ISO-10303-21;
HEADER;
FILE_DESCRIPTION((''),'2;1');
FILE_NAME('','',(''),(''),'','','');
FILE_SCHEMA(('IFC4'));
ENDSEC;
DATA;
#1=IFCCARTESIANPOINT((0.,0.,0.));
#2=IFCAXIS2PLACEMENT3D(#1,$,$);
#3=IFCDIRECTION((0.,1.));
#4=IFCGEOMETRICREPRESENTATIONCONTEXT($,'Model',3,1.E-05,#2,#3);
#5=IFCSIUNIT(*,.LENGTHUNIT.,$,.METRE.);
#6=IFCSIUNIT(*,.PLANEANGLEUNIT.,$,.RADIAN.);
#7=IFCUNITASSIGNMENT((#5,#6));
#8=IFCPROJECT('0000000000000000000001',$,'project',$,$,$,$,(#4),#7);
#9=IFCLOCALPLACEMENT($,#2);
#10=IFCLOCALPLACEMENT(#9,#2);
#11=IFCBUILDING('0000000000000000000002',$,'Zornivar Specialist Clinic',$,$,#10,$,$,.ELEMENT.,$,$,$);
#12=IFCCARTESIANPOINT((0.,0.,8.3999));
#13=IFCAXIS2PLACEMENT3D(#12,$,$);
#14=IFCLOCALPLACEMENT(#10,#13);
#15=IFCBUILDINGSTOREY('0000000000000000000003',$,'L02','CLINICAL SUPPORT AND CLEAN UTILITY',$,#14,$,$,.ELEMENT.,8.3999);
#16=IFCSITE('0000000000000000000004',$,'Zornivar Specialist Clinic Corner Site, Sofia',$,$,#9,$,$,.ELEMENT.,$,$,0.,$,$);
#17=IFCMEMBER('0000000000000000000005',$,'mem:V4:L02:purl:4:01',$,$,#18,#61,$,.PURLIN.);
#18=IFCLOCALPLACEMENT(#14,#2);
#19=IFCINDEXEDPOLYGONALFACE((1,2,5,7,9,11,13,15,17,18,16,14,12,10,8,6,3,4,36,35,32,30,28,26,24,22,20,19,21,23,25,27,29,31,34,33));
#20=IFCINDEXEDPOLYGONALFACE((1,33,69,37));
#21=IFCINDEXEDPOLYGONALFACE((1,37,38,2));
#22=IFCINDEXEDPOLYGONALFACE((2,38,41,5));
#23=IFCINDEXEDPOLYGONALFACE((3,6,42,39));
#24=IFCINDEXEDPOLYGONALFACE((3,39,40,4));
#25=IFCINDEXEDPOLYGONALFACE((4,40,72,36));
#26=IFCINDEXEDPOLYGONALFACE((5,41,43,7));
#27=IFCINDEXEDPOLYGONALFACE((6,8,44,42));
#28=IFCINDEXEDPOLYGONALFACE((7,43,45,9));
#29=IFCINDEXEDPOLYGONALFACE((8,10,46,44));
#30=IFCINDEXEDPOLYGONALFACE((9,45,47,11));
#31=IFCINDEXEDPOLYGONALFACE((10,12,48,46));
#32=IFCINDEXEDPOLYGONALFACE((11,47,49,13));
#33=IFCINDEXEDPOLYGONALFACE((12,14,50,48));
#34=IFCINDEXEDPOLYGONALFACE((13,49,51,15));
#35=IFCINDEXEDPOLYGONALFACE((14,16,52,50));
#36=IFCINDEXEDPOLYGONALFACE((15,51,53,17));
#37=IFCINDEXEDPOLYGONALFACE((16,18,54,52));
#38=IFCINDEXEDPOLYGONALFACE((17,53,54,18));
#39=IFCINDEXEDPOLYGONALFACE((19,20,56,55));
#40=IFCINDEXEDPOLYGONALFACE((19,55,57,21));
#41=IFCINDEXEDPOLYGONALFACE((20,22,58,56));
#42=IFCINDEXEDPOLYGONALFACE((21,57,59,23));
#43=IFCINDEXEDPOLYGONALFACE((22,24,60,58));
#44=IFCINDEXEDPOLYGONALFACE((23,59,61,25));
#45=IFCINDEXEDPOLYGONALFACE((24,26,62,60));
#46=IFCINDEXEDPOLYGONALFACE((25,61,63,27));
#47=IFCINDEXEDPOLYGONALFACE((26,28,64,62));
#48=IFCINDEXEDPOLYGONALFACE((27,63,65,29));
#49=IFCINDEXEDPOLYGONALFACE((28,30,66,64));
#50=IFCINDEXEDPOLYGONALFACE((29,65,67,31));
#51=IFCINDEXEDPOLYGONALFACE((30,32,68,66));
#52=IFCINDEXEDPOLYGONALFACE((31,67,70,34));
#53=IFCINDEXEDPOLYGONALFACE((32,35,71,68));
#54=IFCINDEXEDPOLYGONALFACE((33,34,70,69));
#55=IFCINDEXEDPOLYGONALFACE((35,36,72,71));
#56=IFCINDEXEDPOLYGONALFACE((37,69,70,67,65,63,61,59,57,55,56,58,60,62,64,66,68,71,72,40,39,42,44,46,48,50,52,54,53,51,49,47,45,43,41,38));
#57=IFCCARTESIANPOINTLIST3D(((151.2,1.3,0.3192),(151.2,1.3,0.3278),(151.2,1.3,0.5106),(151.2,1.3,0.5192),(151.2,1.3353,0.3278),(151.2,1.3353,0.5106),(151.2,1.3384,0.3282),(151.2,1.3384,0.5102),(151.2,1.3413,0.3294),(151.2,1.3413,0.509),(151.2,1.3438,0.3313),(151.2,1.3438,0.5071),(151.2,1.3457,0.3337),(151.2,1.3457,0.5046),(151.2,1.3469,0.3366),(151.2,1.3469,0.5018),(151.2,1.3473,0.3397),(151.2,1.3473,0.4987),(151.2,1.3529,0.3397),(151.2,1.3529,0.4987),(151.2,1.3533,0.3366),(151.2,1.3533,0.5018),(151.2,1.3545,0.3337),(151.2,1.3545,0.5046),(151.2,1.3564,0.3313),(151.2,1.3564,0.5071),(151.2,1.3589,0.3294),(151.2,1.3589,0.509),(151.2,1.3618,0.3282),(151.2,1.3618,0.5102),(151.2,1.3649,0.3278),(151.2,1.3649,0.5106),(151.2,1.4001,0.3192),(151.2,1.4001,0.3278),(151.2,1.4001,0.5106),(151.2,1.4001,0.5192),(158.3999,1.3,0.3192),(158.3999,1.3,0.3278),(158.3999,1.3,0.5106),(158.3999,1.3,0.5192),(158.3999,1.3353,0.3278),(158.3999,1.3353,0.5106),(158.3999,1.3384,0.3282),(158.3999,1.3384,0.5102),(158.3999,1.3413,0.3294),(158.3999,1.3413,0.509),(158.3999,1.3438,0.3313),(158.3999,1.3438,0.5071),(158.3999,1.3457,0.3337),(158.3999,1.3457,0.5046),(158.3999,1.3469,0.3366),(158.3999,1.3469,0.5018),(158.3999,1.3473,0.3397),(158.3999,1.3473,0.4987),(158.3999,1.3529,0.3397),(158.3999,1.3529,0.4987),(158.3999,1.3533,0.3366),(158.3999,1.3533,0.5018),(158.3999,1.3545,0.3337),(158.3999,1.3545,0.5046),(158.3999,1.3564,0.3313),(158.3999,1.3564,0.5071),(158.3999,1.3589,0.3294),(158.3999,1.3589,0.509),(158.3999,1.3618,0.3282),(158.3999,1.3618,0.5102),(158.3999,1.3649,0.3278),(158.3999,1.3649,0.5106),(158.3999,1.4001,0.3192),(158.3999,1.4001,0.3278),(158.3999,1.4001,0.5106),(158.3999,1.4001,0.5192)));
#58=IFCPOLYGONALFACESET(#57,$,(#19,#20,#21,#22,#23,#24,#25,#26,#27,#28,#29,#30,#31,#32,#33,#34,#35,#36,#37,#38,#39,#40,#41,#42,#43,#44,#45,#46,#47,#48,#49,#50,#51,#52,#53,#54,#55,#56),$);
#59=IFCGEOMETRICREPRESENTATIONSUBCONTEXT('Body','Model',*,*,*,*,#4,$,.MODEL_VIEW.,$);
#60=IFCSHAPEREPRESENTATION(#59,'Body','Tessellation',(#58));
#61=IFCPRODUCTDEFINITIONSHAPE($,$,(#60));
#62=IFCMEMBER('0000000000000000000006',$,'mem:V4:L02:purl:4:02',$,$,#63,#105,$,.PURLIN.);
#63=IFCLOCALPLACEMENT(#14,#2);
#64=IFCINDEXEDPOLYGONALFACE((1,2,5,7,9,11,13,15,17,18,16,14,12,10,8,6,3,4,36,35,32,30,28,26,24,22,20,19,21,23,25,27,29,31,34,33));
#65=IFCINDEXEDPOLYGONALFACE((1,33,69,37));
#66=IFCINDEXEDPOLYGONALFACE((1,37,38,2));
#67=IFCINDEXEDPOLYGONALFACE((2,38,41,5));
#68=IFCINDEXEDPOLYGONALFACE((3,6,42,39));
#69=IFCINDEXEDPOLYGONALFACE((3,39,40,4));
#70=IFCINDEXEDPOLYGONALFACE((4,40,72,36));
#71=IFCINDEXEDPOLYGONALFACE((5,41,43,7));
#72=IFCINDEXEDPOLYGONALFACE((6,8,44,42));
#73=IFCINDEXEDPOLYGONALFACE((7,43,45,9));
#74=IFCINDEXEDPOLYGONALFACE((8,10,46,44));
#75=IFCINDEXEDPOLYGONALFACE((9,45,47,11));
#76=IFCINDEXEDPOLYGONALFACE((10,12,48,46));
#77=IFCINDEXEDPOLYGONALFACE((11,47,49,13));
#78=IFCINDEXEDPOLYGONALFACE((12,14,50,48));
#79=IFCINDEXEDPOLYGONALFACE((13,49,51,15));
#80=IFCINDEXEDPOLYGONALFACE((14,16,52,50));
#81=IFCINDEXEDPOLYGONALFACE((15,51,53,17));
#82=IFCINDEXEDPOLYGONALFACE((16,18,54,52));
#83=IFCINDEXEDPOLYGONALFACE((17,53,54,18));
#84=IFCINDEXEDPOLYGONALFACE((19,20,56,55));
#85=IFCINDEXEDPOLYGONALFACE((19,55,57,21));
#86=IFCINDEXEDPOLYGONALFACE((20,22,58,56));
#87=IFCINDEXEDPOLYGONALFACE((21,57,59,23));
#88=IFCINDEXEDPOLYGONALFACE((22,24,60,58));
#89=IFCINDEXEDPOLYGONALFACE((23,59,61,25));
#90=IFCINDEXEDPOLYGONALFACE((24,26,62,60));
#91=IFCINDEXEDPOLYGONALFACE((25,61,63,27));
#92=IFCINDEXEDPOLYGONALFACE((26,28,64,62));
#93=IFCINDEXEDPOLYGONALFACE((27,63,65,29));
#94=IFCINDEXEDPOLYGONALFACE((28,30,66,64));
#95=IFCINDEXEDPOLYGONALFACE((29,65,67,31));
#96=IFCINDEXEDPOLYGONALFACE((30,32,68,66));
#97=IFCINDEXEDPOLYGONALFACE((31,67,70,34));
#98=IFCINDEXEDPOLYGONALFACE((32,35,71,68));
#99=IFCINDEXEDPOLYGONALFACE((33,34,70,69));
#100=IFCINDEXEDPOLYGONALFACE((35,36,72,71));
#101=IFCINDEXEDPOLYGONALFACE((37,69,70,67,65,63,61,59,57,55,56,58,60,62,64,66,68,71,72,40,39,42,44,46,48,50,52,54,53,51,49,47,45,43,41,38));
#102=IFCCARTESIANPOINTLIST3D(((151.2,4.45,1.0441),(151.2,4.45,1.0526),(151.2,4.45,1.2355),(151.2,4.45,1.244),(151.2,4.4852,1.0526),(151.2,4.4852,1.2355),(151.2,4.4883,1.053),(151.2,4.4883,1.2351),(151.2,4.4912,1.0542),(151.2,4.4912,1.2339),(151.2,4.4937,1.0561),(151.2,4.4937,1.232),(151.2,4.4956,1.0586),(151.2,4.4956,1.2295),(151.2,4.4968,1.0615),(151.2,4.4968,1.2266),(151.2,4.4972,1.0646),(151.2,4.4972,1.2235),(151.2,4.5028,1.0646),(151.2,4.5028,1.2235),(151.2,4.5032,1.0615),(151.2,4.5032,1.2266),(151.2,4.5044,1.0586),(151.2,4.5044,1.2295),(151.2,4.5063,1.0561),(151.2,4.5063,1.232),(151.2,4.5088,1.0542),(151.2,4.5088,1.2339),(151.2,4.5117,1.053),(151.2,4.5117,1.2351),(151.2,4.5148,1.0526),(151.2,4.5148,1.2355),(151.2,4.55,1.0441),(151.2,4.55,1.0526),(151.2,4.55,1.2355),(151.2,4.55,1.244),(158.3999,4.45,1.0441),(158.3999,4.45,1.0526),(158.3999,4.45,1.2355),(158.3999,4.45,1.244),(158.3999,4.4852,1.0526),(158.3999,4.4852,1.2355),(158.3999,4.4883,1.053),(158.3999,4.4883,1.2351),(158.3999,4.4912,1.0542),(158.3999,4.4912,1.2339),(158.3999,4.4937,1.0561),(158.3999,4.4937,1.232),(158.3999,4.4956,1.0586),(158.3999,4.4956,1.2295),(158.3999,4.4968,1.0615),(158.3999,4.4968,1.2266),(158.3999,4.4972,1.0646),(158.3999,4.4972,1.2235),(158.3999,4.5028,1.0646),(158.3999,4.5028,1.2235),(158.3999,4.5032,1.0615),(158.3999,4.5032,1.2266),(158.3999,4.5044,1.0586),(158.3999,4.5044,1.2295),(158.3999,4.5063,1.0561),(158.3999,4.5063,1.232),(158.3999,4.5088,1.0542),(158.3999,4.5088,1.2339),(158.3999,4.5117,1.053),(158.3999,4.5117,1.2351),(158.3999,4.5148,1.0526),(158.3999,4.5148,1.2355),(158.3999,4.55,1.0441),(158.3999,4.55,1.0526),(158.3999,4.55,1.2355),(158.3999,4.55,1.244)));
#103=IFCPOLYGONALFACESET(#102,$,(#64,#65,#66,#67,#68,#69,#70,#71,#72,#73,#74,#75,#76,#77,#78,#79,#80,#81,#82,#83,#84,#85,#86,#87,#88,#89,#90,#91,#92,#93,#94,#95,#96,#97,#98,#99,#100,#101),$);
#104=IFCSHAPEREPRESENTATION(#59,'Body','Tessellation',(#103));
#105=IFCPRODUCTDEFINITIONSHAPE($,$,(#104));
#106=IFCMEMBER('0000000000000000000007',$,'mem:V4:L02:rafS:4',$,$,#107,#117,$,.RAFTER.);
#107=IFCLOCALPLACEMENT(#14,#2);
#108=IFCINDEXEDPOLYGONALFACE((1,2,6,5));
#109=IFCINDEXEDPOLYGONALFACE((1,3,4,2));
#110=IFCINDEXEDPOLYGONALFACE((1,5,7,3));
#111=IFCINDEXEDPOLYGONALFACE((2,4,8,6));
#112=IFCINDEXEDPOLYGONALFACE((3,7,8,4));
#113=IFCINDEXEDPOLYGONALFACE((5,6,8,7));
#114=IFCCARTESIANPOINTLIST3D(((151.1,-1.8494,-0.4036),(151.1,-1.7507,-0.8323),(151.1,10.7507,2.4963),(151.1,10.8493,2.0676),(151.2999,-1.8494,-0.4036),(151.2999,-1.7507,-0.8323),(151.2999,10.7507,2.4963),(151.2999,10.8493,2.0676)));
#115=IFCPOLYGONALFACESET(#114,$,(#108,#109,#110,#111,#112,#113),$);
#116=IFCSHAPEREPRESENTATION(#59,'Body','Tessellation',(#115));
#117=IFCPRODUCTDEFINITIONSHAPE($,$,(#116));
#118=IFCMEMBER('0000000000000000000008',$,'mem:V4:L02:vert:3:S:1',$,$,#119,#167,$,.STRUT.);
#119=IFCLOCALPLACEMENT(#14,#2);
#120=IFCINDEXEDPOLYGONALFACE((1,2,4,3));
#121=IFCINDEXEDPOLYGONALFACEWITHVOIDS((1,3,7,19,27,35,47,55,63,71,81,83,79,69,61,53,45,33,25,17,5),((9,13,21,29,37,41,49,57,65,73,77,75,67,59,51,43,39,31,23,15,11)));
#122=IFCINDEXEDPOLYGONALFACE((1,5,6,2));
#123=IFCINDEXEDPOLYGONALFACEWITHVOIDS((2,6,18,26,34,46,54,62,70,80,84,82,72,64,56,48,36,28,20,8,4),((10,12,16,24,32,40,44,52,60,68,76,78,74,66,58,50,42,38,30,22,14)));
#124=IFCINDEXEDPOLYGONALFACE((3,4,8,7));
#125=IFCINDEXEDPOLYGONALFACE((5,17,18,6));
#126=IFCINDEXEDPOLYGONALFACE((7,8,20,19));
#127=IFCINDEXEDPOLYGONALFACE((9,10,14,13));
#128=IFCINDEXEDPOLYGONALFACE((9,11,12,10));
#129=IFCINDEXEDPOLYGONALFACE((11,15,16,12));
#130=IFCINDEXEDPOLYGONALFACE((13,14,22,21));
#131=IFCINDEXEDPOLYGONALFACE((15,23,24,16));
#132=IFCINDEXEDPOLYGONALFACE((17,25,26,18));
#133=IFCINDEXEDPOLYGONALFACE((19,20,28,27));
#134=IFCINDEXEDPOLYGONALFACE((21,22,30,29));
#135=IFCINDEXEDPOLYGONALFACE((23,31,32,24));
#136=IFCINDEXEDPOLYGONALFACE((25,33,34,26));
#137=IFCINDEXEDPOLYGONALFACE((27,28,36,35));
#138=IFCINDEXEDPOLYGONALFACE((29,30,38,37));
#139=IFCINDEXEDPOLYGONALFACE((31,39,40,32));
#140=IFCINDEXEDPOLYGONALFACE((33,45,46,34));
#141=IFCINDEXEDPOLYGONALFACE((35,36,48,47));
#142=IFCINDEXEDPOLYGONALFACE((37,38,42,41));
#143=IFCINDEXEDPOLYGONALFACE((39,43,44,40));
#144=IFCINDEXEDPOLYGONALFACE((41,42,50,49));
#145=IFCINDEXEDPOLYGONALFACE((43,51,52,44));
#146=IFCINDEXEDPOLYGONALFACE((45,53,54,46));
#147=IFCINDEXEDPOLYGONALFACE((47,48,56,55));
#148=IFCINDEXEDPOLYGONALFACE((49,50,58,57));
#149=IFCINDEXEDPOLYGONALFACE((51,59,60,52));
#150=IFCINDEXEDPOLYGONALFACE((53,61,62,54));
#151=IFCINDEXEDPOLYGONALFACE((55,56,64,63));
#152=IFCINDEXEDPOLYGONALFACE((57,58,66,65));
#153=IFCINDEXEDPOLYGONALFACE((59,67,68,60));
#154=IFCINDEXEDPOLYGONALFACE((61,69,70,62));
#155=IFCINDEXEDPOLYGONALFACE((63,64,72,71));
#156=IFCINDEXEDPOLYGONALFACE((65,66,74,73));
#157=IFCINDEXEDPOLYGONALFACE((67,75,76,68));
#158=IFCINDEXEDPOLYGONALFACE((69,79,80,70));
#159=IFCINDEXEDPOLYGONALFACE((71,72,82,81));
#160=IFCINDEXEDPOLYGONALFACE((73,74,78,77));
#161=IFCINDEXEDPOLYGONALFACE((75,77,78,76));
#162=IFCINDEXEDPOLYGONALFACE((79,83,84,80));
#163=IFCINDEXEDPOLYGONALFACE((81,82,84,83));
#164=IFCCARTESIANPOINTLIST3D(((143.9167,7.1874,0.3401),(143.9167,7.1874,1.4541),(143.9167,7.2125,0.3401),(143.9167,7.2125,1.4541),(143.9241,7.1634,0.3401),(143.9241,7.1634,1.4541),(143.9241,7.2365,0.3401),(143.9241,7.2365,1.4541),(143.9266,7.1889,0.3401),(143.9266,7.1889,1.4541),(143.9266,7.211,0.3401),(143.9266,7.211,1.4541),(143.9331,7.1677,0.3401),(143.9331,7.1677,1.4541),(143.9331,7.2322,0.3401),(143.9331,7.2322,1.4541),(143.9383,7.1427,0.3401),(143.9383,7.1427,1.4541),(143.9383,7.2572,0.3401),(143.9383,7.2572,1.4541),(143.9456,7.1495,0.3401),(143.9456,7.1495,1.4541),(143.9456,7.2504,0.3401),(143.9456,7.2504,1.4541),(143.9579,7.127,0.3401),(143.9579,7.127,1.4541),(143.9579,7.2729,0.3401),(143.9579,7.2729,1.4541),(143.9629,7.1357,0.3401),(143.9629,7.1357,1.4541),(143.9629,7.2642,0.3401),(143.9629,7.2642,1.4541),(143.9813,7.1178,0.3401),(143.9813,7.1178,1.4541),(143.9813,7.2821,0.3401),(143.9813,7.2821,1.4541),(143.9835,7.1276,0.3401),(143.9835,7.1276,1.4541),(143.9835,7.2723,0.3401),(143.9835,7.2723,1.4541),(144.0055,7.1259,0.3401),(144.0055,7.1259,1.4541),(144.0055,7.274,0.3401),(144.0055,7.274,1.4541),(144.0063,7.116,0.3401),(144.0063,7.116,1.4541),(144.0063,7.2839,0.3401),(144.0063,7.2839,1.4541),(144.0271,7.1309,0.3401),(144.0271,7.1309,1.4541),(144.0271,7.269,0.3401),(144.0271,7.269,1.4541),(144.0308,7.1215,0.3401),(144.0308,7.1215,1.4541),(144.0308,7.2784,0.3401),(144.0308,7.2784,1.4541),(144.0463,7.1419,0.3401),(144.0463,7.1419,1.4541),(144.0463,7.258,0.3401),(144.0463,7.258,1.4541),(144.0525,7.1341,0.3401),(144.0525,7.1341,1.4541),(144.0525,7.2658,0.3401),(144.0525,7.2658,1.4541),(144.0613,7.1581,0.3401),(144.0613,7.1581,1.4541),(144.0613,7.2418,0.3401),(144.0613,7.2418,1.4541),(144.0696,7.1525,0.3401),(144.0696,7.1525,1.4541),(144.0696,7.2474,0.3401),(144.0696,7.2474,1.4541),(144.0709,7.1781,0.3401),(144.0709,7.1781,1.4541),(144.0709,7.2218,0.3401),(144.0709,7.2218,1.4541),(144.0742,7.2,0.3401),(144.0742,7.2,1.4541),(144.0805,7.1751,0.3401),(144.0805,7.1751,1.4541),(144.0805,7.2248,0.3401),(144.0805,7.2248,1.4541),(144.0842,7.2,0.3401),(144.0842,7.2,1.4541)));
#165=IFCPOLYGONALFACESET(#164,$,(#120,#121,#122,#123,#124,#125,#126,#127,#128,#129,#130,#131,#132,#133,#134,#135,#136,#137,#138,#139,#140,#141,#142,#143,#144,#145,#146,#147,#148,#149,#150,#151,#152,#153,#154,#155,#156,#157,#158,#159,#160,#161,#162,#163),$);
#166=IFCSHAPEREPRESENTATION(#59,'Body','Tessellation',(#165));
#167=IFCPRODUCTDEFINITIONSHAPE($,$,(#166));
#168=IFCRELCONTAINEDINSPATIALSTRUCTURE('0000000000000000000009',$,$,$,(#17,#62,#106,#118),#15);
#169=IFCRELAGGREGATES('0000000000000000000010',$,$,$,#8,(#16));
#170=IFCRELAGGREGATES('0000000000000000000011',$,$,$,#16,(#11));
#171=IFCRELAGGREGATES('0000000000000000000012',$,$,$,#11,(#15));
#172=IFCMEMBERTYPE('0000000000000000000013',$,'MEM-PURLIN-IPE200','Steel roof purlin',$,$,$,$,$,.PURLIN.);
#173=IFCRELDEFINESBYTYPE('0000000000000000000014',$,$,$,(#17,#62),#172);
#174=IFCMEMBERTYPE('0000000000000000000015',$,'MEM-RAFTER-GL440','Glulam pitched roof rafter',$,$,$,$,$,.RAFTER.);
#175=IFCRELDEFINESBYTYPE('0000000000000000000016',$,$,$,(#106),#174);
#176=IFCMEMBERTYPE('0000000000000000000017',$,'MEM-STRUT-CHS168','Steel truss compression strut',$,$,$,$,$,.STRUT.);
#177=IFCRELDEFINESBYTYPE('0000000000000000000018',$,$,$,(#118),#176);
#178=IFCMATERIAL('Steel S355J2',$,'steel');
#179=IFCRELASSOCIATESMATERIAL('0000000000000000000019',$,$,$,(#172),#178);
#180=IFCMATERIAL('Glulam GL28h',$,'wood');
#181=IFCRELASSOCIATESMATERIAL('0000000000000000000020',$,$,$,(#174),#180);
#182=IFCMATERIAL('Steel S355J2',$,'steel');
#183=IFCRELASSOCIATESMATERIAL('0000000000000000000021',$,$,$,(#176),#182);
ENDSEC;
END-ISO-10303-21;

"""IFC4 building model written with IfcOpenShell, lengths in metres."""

from ifc_helpers import new_model, si_unit, direction, frame, origin, origin_2d, place, context, subcontext, project, spatial, rectangle, hollow_circle, i_section, extrude, material, material_profile, profile_set, type_object, element, save


model = new_model("IFC4")

# Units and contexts
model_context = context("Model", 3, precision=1e-05, world=origin(), true_north=direction((0.0, 1.0)))
body_context = subcontext(model_context, "Body", "Model", "MODEL_VIEW")
ifc_project = project(units=[si_unit("LENGTHUNIT", "METRE"), si_unit("PLANEANGLEUNIT", "RADIAN")], contexts=[model_context])

# Site, building, storey
site_placement = place(None, origin())
site = spatial("IfcSite", under=ifc_project, at=site_placement, Name="Zornivar Specialist Clinic Corner Site, Sofia", CompositionType="ELEMENT", RefElevation=0.0)
building_placement = place(site_placement, origin())
building = spatial("IfcBuilding", under=site, at=building_placement, Name="Zornivar Specialist Clinic", CompositionType="ELEMENT")
storey_placement = place(building_placement, frame((0.0, 0.0, 8.3999)))
storey = spatial("IfcBuildingStorey", under=building, at=storey_placement, Name="L02", Description="CLINICAL SUPPORT AND CLEAN UTILITY", CompositionType="ELEMENT", Elevation=8.3999)

# Members
ifc_material_1 = material(Name="Steel S355J2", Category="steel")
ifc_material_profile_1 = material_profile(ifc_material_1, i_section(OverallWidth=0.1001, OverallDepth=0.2, WebThickness=0.0056, FlangeThickness=0.0085, FilletRadius=0.012, at=origin_2d()), Name="IPE 200")
ifc_profile_set_1 = profile_set([ifc_material_profile_1], Name="Steel S355J2")
member_type_1 = type_object("IfcMemberType", Name="MEM-PURLIN-IPE200", Description="Steel roof purlin", PredefinedType="PURLIN", material=ifc_profile_set_1)
for number, where, z_axis, x_axis, name in (
    (1, (151.2, 1.3501, 0.4192), (1.0, 0.0, 0.0), (0.0, 1.0, 0.0), "mem:V4:L02:purl:4:01"),
    (2, (151.2, 4.5, 1.144), (1.0, 0.0, 0.0), (0.0, 1.0, 0.0), "mem:V4:L02:purl:4:02"),
):
    element("IfcMember", number, at=place(storey_placement, frame(where, z_axis=z_axis, x_axis=x_axis)), inside=storey, type_object=member_type_1, Name=name, PredefinedType="PURLIN", context=body_context, shape_type="SweptSolid", body=[
        extrude(i_section(OverallWidth=0.1001, OverallDepth=0.2, WebThickness=0.0056, FlangeThickness=0.0085, FilletRadius=0.012, at=origin_2d()), origin(), (0.0, 0.0, 1.0), 7.2),
    ])
ifc_material_2 = material(Name="Glulam GL28h", Category="wood")
ifc_material_profile_2 = material_profile(ifc_material_2, rectangle(XDim=0.2, YDim=0.4399, at=origin_2d()), Name="GL28h 200x440")
ifc_profile_set_2 = profile_set([ifc_material_profile_2], Name="Glulam GL28h")
member_type_2 = type_object("IfcMemberType", Name="MEM-RAFTER-GL440", Description="Glulam pitched roof rafter", PredefinedType="RAFTER", material=ifc_profile_set_2)
member_1_placement = place(storey_placement, frame((151.2, -1.8, -0.6179), z_axis=(0.0, 0.974523, 0.224286), x_axis=(-1.0, 0.0, 0.0)))
element("IfcMember", 3, at=member_1_placement, inside=storey, type_object=member_type_2, Name="mem:V4:L02:rafS:4", PredefinedType="RAFTER", context=body_context, shape_type="SweptSolid", body=[
    extrude(rectangle(XDim=0.2, YDim=0.4399, at=origin_2d()), origin(), (0.0, 0.0, 1.0), 12.9294),
])
ifc_material_3 = material(Name="Steel S355J2", Category="steel")
ifc_material_profile_3 = material_profile(ifc_material_3, hollow_circle(Radius=0.0842, WallThickness=0.01, at=origin_2d()), Name="CHS 168.3x10")
ifc_profile_set_3 = profile_set([ifc_material_profile_3], Name="Steel S355J2")
member_type_3 = type_object("IfcMemberType", Name="MEM-STRUT-CHS168", Description="Steel truss compression strut", PredefinedType="STRUT", material=ifc_profile_set_3)
member_2_placement = place(storey_placement, frame((144.0, 7.2, 0.3401), z_axis=(0.0, 0.0, 1.0), x_axis=(1.0, 0.0, 0.0)))
element("IfcMember", 4, at=member_2_placement, inside=storey, type_object=member_type_3, Name="mem:V4:L02:vert:3:S:1", PredefinedType="STRUT", context=body_context, shape_type="SweptSolid", body=[
    extrude(hollow_circle(Radius=0.0842, WallThickness=0.01, at=origin_2d()), origin(), (0.0, 0.0, 1.0), 1.114),
])

save(model, "model.ifc")
